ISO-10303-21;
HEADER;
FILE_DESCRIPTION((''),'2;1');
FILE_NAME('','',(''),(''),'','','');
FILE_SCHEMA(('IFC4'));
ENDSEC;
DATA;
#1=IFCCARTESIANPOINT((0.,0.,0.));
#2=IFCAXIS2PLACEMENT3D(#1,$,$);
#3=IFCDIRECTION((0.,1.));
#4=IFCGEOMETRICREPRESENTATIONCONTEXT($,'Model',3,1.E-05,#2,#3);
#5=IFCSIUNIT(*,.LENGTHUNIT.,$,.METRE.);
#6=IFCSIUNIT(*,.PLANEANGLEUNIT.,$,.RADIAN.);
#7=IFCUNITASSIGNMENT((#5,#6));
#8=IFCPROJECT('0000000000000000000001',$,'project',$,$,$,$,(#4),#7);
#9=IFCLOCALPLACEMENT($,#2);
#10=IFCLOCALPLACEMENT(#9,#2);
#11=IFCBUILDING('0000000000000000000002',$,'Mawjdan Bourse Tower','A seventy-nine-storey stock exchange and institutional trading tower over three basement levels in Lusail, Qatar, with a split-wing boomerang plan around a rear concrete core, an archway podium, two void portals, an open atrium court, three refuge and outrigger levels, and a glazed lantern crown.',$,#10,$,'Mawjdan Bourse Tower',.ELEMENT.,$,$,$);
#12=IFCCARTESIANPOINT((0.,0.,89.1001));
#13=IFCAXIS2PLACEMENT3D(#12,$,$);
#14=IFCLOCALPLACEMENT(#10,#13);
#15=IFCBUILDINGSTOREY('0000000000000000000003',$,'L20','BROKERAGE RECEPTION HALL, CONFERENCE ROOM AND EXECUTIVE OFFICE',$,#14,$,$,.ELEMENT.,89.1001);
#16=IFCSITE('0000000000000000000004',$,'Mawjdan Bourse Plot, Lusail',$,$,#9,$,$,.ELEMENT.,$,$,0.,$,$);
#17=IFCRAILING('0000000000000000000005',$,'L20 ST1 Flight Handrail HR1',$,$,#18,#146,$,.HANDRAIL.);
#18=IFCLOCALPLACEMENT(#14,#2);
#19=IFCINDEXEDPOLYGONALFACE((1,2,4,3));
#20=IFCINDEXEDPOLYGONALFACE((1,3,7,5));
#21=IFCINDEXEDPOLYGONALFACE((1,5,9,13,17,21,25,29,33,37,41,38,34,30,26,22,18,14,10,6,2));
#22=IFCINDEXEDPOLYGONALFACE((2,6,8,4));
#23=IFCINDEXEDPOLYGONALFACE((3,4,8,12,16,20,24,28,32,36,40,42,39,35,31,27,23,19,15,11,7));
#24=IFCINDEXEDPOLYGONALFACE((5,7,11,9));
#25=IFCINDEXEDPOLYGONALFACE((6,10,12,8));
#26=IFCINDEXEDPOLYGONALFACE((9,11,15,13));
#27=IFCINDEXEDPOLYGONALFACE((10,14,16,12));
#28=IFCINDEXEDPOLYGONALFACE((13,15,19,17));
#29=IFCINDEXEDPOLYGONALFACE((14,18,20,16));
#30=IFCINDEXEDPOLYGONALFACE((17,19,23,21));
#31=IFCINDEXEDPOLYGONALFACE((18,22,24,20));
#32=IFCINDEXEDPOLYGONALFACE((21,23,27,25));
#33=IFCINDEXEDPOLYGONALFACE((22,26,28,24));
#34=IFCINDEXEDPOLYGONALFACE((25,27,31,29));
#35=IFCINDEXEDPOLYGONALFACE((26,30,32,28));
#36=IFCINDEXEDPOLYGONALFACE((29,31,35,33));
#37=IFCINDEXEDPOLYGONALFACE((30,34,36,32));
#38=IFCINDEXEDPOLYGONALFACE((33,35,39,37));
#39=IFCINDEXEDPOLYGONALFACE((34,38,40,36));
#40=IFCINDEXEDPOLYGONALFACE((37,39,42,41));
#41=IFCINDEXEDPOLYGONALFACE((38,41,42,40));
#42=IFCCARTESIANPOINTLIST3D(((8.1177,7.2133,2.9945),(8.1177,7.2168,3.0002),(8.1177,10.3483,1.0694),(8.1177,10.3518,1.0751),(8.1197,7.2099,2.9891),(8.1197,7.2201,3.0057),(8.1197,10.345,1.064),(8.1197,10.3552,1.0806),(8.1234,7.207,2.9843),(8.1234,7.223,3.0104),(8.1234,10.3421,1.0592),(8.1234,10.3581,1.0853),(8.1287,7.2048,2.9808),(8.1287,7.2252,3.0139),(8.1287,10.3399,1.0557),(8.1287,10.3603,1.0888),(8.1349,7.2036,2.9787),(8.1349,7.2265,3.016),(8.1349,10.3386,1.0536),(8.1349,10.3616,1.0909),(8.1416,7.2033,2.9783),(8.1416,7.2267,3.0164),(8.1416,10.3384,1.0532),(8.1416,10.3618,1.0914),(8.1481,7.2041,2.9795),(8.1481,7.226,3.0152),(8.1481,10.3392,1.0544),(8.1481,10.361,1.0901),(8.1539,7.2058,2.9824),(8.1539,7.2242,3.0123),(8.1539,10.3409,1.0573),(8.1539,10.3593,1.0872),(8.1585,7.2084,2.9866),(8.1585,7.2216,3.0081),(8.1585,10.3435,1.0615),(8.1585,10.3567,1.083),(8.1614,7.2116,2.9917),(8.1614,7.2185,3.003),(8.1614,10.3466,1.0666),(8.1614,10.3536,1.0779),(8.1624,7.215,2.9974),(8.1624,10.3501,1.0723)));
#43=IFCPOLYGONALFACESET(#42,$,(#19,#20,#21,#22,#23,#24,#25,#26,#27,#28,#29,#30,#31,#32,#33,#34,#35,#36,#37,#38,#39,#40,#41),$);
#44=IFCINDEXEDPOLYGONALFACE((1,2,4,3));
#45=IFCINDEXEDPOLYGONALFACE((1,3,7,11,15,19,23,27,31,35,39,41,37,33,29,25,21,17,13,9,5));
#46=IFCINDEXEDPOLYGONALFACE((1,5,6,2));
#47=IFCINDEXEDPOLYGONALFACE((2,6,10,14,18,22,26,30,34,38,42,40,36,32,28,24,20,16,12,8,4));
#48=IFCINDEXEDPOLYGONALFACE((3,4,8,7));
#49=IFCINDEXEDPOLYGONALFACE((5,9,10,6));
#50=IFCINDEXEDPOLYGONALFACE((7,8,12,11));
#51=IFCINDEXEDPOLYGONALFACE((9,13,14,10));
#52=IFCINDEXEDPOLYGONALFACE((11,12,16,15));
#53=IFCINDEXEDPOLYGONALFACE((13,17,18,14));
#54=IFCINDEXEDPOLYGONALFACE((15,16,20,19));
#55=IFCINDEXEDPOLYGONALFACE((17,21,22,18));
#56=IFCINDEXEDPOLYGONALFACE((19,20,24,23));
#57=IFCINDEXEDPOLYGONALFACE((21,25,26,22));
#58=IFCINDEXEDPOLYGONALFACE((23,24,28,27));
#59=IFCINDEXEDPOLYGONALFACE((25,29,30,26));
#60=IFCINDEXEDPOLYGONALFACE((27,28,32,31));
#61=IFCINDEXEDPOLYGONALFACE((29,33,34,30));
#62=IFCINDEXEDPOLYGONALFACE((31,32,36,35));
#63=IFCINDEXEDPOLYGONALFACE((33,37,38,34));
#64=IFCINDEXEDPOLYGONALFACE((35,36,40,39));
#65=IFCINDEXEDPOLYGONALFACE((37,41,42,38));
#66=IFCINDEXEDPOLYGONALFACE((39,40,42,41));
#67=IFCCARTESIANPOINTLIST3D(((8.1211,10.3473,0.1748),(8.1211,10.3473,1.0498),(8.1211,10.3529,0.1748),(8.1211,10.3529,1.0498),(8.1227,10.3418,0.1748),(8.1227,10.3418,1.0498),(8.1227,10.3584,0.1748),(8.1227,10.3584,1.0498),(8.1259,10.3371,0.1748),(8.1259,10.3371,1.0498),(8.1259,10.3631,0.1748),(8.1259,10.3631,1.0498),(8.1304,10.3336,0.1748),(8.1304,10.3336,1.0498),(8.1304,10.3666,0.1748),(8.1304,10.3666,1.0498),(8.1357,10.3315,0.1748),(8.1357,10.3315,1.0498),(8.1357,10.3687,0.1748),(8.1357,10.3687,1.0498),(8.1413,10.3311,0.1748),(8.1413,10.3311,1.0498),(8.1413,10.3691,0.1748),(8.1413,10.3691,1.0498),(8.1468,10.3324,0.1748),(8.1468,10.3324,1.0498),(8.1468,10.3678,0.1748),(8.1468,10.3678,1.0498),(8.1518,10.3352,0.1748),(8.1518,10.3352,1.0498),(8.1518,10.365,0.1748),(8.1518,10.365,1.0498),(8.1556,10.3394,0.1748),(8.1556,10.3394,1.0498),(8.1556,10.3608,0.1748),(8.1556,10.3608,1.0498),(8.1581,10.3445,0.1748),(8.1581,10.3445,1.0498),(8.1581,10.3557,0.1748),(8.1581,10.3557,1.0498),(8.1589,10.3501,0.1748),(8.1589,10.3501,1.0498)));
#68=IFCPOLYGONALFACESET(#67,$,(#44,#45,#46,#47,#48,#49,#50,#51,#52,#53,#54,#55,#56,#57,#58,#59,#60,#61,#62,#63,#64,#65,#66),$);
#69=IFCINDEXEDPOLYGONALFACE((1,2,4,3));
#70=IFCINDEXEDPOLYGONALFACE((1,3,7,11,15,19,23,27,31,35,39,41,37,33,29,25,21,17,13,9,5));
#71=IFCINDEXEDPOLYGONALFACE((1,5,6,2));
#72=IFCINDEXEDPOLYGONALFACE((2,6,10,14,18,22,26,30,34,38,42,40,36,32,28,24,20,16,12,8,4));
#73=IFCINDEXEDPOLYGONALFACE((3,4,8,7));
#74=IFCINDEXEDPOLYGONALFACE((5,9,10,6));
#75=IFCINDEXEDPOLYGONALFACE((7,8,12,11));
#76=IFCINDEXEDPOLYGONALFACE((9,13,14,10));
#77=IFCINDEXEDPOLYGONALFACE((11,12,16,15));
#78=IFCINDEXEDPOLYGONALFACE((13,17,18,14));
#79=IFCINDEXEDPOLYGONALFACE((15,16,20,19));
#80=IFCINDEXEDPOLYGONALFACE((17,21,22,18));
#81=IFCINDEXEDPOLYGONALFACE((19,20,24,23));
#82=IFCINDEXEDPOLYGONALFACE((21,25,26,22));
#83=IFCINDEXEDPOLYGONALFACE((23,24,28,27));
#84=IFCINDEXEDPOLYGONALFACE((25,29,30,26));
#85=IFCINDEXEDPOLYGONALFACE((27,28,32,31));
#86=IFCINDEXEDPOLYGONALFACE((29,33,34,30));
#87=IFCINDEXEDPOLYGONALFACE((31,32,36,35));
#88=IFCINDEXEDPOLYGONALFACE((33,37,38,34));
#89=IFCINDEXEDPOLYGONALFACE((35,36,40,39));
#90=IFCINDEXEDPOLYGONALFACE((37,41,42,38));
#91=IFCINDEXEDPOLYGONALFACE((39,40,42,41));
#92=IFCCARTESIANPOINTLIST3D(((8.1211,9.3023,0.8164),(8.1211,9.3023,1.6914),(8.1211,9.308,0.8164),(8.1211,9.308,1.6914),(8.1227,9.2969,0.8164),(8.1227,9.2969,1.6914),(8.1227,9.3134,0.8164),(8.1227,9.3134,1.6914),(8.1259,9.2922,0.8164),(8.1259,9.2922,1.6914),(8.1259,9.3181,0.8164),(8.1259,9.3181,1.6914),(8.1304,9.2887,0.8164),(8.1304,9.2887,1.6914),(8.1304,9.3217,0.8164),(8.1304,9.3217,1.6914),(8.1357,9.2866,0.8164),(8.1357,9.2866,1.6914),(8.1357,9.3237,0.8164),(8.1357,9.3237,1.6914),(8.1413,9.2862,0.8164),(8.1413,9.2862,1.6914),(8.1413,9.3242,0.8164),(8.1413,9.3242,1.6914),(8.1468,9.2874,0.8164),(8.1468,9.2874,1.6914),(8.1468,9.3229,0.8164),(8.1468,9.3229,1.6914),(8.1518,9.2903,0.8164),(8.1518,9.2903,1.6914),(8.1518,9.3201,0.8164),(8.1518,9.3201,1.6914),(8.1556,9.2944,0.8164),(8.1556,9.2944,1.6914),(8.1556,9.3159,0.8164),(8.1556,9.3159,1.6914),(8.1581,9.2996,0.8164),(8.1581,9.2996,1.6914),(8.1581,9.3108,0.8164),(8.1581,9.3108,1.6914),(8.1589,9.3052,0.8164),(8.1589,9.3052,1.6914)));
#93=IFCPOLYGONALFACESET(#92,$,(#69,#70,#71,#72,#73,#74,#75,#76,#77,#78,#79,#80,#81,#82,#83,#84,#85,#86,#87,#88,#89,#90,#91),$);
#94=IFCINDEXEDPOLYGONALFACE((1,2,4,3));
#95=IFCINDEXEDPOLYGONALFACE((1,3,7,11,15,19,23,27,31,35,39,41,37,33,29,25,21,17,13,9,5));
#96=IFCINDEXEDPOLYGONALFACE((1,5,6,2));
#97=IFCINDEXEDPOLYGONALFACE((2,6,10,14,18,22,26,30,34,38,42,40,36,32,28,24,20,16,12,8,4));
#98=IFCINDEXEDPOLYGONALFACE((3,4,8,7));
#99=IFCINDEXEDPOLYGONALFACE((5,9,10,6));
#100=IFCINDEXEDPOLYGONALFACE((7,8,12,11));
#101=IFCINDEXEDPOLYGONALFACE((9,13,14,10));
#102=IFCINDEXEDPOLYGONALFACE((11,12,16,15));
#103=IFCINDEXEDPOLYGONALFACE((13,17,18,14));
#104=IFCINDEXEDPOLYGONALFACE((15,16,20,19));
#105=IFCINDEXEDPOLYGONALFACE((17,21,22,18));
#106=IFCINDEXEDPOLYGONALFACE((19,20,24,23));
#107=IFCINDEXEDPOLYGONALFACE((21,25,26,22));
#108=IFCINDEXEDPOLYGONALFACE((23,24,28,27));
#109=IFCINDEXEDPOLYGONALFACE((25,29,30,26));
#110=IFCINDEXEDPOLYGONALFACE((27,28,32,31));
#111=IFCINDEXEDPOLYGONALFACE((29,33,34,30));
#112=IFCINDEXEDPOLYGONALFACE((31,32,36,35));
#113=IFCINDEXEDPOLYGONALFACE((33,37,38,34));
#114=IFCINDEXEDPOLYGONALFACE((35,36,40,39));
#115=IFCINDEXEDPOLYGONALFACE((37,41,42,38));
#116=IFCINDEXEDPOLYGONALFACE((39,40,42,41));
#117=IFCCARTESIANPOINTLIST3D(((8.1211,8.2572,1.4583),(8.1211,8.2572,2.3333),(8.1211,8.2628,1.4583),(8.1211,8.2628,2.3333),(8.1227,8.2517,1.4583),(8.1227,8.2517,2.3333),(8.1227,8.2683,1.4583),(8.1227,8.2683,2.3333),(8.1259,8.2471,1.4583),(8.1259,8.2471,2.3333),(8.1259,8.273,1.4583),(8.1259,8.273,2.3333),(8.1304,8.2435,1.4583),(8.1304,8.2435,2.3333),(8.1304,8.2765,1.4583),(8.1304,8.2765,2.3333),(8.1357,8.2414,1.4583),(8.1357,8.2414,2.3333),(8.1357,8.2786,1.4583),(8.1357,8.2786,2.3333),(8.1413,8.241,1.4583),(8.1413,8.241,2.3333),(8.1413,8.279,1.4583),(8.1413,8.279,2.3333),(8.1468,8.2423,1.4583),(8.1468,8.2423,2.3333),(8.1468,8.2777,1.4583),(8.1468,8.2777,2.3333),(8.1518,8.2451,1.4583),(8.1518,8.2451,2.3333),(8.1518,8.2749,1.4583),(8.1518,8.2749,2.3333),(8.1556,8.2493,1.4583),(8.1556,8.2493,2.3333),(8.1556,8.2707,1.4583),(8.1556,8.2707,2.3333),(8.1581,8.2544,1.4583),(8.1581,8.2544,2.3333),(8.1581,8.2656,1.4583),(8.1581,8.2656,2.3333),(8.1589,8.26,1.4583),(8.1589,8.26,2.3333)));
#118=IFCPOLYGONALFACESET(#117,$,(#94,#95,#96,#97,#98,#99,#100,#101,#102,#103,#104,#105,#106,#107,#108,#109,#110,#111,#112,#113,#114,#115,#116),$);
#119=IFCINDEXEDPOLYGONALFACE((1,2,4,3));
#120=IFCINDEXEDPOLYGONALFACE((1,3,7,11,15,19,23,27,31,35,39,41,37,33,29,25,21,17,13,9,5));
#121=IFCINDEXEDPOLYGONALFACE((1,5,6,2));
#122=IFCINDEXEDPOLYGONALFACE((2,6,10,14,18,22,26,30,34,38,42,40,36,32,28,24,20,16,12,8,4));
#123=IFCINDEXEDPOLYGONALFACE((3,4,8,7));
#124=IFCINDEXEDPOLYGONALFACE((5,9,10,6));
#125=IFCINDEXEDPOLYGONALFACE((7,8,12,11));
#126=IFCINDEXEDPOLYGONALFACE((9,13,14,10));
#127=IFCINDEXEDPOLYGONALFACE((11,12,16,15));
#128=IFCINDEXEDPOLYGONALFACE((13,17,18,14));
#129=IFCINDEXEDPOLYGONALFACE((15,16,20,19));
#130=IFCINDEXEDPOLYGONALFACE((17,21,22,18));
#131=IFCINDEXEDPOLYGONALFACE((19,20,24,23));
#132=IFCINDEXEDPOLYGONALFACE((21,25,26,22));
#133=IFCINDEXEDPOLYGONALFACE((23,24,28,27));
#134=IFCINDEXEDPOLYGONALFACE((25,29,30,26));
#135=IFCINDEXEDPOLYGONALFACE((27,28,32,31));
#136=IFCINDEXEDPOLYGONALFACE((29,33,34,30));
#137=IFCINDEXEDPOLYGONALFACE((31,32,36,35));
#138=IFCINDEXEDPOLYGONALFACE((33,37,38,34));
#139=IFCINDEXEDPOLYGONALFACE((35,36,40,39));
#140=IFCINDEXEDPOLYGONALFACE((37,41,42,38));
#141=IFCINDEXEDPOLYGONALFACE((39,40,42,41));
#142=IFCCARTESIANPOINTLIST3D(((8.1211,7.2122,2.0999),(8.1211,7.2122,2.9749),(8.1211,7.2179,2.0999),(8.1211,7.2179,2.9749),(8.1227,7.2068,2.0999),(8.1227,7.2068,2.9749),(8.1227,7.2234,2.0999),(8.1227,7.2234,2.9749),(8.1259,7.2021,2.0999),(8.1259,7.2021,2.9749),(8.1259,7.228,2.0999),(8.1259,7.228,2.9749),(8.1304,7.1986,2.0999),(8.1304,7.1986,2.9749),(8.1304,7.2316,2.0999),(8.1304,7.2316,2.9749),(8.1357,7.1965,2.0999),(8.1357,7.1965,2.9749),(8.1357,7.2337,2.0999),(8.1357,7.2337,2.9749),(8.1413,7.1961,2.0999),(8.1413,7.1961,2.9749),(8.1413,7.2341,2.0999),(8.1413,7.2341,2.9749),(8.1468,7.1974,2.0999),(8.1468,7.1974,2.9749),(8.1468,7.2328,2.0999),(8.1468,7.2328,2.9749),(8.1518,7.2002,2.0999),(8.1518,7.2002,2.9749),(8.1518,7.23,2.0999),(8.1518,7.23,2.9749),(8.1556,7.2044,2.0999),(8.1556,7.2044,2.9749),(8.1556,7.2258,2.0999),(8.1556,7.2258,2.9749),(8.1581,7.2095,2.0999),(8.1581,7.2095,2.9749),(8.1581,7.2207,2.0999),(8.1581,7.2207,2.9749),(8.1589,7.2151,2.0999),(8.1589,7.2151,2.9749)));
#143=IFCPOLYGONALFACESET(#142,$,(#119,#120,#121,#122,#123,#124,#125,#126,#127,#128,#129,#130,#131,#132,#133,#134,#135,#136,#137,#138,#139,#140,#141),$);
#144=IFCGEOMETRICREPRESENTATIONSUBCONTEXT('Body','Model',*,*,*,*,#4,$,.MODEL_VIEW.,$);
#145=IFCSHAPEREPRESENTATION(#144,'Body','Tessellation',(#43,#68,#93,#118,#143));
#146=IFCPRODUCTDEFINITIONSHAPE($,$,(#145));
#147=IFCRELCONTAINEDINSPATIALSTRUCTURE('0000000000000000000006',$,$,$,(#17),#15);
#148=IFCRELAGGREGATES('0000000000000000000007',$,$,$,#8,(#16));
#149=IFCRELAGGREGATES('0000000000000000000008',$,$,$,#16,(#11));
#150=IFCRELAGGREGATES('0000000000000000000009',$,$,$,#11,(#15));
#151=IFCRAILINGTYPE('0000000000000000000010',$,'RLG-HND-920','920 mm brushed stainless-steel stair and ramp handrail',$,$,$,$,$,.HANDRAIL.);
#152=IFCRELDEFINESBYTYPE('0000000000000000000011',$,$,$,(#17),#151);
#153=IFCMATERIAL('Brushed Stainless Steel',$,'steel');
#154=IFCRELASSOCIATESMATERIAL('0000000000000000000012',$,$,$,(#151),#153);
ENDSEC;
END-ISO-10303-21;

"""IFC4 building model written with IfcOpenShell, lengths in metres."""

from ifc_helpers import new_model, si_unit, direction, frame, origin, origin_2d, place, context, subcontext, project, spatial, circle, extrude, material, type_object, element, save


model = new_model("IFC4")

# Units and contexts
model_context = context("Model", 3, precision=1e-05, world=origin(), true_north=direction((0.0, 1.0)))
body_context = subcontext(model_context, "Body", "Model", "MODEL_VIEW")
ifc_project = project(units=[si_unit("LENGTHUNIT", "METRE"), si_unit("PLANEANGLEUNIT", "RADIAN")], contexts=[model_context])

# Site, building, storey
site_placement = place(None, origin())
site = spatial("IfcSite", under=ifc_project, at=site_placement, Name="Mawjdan Bourse Plot, Lusail", CompositionType="ELEMENT", RefElevation=0.0)
building_placement = place(site_placement, origin())
building = spatial("IfcBuilding", under=site, at=building_placement, Name="Mawjdan Bourse Tower", Description="A seventy-nine-storey stock exchange and institutional trading tower over three basement levels in Lusail, Qatar, with a split-wing boomerang plan around a rear concrete core, an archway podium, two void portals, an open atrium court, three refuge and outrigger levels, and a glazed lantern crown.", LongName="Mawjdan Bourse Tower", CompositionType="ELEMENT")
storey_placement = place(building_placement, frame((0.0, 0.0, 89.1001)))
storey = spatial("IfcBuildingStorey", under=building, at=storey_placement, Name="L20", Description="BROKERAGE RECEPTION HALL, CONFERENCE ROOM AND EXECUTIVE OFFICE", CompositionType="ELEMENT", Elevation=89.1001)

# Shared definitions
ifc_material_1 = material(Name="Brushed Stainless Steel", Category="steel")

# Railing
railing_type_1 = type_object("IfcRailingType", Name="RLG-HND-920", Description="920 mm brushed stainless-steel stair and ramp handrail", PredefinedType="HANDRAIL", material=ifc_material_1)
railing_placement = place(storey_placement, frame((8.1399, 10.3501, 0.1748)))
element("IfcRailing", 1, at=railing_placement, inside=storey, type_object=railing_type_1, Name="L20 ST1 Flight Handrail HR1", PredefinedType="HANDRAIL", context=body_context, shape_type="SweptSolid", body=[
    extrude(circle(Radius=0.0225, at=origin_2d()), frame((0.0, 0.0, 0.8975), z_axis=(0.0, -0.852166, 0.523271), x_axis=(1.0, 0.0, 0.0)), (0.0, 0.0, 1.0), 3.679),
    extrude(circle(Radius=0.019, at=origin_2d()), origin(), (0.0, 0.0, 1.0), 0.875),
    extrude(circle(Radius=0.019, at=origin_2d()), frame((0.0, -1.0449, 0.6416)), (0.0, 0.0, 1.0), 0.875),
    extrude(circle(Radius=0.019, at=origin_2d()), frame((0.0, -2.0901, 1.2834)), (0.0, 0.0, 1.0), 0.875),
    extrude(circle(Radius=0.019, at=origin_2d()), frame((0.0, -3.135, 1.925)), (0.0, 0.0, 1.0), 0.875),
])

save(model, "model.ifc")
